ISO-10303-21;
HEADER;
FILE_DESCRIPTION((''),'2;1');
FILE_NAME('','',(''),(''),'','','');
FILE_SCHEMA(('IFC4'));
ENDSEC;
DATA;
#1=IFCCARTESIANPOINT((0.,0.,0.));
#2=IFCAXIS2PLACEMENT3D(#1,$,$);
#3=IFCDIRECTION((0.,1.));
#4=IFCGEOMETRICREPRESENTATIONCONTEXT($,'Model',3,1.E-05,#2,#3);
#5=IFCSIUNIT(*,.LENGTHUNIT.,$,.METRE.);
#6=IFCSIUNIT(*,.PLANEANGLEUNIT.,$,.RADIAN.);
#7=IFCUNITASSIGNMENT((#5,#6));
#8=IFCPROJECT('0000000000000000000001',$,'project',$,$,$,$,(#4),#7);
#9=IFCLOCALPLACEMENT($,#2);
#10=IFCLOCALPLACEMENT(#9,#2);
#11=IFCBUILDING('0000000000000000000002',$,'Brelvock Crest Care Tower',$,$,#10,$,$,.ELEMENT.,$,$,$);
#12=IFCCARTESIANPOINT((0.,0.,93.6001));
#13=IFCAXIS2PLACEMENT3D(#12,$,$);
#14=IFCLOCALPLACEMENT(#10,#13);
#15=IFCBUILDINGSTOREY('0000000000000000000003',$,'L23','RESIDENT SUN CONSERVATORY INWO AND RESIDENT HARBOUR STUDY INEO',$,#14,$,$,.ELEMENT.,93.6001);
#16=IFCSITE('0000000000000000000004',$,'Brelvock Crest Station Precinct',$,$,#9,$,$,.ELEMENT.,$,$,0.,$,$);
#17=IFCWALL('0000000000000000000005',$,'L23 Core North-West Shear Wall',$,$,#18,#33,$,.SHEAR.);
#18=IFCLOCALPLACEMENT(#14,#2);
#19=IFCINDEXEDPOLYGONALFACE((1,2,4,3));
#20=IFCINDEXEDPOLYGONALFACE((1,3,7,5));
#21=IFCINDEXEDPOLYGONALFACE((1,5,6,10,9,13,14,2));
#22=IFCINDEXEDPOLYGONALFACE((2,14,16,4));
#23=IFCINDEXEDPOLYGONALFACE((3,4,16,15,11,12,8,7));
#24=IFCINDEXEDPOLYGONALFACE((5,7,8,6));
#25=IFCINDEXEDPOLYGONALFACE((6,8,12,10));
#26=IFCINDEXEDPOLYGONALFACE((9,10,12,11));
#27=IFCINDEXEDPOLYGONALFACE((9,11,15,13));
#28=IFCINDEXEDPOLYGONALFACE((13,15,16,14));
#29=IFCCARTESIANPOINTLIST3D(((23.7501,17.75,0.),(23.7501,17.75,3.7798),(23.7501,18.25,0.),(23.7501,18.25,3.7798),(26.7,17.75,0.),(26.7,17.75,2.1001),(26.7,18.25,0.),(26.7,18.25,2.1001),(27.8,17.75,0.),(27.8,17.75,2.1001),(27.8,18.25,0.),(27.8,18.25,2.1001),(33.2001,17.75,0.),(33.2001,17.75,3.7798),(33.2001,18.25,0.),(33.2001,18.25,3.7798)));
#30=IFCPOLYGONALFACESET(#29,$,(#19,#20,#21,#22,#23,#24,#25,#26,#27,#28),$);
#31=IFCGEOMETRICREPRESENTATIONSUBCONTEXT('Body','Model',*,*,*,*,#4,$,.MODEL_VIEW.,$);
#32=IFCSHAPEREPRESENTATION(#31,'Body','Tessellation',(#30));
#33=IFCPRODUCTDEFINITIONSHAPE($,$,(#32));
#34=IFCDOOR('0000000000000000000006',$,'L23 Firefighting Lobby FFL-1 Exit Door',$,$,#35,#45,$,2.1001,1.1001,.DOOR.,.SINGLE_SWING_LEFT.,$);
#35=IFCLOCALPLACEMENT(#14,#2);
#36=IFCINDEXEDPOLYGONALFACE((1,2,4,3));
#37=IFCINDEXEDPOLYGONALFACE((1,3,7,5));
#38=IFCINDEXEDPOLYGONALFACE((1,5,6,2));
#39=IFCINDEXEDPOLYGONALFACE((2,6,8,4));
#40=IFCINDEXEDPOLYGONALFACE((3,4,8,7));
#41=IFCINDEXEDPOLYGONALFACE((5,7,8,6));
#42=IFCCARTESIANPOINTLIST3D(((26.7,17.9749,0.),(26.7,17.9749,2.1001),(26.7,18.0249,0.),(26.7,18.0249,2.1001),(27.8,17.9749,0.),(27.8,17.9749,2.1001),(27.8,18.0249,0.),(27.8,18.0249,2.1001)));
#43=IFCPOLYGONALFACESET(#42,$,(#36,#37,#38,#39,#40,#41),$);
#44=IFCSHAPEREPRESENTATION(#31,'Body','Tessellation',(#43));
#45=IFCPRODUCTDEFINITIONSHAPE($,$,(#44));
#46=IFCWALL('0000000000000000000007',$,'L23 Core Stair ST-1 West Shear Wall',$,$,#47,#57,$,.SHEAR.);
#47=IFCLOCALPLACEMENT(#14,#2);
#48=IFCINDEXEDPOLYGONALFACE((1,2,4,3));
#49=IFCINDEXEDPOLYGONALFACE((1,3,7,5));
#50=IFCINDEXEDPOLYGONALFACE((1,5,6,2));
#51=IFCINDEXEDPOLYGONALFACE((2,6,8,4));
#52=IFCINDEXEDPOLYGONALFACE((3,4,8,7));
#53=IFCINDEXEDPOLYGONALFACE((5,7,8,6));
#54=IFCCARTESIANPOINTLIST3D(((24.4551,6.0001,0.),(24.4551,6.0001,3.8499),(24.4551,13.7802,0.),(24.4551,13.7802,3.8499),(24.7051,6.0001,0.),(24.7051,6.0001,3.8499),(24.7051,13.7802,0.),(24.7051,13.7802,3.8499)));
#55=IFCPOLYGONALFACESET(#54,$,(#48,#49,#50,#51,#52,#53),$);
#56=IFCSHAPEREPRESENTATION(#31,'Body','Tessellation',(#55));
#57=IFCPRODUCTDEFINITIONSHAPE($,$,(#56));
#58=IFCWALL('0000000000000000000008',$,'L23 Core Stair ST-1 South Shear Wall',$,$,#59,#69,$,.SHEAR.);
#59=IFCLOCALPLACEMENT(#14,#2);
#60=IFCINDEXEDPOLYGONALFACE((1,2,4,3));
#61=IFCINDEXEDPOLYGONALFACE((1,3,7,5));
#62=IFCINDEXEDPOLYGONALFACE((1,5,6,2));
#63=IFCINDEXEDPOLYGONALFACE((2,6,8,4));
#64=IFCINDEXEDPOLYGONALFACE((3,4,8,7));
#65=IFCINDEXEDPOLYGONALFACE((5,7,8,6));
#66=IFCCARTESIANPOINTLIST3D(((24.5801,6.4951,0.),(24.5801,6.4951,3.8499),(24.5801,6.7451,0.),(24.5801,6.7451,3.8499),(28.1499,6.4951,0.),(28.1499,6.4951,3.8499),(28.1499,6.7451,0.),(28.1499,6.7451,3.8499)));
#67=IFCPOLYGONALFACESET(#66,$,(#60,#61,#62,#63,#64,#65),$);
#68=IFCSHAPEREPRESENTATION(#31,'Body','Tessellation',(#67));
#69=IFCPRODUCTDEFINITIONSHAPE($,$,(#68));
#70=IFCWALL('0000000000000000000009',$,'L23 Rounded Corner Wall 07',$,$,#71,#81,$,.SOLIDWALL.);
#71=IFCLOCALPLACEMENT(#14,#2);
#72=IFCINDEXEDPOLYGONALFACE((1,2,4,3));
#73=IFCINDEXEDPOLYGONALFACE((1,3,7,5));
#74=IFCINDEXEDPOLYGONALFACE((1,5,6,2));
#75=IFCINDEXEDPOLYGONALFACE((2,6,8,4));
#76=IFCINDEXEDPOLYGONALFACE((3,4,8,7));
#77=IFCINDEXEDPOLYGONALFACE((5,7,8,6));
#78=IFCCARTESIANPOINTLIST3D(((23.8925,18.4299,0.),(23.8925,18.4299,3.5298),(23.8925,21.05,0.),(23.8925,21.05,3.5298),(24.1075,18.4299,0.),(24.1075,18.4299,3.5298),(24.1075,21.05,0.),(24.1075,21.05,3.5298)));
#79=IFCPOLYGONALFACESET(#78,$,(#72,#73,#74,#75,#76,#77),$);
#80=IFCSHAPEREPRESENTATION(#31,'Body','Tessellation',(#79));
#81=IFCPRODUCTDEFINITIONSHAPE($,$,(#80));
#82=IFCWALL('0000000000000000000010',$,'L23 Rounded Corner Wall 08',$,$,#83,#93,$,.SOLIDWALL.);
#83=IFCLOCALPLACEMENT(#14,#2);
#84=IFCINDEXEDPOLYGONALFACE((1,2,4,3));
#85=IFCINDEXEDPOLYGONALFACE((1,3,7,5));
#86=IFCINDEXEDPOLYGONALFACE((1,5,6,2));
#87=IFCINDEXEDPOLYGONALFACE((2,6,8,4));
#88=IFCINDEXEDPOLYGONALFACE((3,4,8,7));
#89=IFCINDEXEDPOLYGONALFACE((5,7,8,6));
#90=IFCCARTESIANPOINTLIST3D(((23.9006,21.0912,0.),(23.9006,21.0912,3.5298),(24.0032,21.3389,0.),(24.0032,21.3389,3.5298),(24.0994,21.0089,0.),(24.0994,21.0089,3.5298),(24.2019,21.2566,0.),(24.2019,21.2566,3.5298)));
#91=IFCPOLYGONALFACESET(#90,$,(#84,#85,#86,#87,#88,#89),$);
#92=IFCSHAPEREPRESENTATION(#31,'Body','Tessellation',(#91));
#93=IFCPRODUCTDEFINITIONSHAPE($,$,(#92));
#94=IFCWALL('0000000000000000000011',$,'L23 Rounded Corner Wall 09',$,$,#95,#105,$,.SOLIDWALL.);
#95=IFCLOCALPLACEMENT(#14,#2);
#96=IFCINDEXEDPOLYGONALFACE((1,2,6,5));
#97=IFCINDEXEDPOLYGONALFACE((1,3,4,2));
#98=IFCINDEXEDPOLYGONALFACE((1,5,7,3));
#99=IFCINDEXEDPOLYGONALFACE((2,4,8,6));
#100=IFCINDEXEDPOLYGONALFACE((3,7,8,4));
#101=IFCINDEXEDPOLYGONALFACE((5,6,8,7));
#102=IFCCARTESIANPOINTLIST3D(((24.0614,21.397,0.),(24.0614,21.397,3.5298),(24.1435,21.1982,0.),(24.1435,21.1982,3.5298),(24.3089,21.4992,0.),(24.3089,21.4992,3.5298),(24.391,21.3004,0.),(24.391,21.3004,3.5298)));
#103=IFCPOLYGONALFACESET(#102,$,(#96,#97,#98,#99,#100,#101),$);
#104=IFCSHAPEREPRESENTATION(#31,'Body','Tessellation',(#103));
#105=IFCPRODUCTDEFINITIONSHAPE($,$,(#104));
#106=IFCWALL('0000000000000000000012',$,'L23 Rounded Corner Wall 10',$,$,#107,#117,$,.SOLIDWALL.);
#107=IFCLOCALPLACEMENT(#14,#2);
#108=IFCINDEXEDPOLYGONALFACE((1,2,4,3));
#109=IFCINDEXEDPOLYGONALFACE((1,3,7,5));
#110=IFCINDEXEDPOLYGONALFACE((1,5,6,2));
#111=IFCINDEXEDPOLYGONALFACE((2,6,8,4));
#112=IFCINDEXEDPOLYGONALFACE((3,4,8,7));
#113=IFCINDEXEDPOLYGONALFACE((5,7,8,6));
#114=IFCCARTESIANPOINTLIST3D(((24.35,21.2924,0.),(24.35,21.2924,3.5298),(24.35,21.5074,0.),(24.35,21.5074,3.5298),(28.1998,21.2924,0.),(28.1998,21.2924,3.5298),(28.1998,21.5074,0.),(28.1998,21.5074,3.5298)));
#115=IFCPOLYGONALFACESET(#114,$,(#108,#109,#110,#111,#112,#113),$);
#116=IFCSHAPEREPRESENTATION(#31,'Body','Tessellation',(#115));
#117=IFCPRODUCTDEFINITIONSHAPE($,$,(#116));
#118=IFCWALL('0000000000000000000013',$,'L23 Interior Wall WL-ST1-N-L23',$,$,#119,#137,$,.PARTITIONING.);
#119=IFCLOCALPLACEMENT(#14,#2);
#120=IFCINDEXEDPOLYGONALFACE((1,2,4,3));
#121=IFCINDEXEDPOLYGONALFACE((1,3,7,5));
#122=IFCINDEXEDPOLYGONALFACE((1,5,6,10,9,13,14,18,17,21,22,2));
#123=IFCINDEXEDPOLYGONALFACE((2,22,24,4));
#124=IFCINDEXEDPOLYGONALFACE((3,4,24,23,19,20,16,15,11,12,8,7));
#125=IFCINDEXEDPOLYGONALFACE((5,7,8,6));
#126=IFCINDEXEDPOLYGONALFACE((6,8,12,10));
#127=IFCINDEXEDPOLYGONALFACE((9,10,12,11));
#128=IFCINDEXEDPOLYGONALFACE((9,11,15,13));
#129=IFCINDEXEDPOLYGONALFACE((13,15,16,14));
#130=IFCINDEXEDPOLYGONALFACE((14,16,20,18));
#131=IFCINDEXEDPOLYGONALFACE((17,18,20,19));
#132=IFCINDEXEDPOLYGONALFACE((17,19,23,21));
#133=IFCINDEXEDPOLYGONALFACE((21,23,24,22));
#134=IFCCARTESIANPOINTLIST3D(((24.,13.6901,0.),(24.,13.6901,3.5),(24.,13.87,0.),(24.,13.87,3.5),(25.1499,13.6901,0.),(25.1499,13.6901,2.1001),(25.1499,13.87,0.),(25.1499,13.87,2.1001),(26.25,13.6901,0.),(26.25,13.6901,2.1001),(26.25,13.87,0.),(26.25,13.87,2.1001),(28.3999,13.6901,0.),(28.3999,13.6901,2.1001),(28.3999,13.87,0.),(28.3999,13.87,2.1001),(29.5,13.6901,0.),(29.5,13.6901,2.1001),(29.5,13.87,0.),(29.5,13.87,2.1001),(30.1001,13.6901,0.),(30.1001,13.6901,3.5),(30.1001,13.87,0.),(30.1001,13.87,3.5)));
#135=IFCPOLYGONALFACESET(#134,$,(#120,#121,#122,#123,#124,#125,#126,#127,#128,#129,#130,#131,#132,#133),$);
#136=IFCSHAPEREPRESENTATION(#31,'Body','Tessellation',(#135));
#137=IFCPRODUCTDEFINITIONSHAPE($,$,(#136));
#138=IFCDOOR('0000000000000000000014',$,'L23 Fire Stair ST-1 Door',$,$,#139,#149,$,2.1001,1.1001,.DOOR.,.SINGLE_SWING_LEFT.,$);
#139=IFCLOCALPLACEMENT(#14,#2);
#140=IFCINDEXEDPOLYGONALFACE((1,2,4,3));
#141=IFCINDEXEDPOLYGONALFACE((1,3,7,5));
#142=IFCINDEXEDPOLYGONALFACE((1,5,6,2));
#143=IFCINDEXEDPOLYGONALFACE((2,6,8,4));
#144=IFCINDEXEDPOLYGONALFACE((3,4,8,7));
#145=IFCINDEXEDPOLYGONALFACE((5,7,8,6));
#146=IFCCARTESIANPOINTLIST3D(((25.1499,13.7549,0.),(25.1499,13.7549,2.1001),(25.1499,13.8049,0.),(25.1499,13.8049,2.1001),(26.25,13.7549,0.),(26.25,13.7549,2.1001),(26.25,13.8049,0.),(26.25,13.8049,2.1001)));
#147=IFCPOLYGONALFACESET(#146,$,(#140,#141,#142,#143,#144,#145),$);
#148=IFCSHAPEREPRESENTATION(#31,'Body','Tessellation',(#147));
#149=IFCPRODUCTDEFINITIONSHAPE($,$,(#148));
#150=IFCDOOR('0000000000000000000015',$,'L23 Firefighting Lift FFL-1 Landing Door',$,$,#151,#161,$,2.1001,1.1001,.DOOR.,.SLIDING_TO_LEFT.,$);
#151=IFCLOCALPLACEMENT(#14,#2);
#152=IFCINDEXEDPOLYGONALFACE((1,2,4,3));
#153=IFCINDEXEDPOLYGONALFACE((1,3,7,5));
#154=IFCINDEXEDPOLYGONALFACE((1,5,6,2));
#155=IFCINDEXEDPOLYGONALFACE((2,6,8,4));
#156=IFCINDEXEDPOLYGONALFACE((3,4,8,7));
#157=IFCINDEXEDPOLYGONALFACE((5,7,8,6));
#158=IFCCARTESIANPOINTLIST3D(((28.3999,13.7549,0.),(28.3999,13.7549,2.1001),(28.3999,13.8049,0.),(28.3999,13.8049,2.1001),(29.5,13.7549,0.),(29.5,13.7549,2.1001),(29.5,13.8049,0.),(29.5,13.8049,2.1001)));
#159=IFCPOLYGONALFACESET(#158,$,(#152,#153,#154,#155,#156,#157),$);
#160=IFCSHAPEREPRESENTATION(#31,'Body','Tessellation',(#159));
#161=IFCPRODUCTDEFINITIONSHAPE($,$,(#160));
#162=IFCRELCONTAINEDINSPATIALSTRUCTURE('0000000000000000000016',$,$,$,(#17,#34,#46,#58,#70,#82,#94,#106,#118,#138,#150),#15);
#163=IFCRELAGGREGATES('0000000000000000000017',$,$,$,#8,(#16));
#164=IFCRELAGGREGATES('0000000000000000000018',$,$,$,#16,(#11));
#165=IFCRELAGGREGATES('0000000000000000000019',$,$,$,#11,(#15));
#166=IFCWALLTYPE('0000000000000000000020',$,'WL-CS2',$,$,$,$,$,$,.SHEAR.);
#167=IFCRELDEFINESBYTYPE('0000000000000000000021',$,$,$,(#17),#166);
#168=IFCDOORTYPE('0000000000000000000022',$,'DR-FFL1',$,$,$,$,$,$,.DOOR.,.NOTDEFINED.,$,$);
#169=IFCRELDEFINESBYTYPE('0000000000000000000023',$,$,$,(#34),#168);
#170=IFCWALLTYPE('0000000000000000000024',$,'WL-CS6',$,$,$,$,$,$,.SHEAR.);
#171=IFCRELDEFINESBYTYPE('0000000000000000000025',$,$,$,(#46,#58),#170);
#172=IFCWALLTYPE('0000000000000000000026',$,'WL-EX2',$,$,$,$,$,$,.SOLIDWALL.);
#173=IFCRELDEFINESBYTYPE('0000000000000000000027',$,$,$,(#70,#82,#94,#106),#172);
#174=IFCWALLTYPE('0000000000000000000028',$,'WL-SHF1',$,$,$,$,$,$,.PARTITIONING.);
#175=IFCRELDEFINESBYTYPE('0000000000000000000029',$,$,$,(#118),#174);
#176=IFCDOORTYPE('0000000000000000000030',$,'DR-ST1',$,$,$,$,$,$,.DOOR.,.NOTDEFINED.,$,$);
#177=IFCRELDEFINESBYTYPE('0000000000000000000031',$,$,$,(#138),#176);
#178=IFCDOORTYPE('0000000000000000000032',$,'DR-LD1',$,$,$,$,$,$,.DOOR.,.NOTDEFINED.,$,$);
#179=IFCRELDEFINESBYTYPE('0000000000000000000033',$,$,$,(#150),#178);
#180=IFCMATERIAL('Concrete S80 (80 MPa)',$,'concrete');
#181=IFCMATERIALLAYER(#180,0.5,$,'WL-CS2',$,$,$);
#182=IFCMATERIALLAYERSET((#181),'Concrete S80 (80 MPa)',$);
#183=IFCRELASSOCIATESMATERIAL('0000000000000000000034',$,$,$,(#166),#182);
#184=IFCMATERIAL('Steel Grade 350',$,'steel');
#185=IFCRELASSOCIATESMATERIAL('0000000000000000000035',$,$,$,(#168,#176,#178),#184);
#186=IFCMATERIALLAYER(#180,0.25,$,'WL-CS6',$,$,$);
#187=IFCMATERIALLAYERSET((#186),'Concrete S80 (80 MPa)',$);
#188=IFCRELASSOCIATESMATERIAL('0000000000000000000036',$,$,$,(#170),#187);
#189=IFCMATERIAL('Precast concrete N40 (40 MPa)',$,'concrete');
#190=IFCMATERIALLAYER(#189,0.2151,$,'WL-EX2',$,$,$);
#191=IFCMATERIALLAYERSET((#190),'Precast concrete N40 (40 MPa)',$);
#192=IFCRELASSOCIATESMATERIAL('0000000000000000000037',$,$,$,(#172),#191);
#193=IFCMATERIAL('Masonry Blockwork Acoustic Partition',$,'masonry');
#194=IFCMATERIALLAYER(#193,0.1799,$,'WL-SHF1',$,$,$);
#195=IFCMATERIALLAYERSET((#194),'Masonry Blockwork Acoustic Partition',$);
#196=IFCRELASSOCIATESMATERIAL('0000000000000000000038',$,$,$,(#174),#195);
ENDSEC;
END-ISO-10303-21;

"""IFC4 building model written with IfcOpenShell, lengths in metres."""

from ifc_helpers import new_model, si_unit, direction, frame, frame_2d, origin, origin_2d, place, context, subcontext, project, spatial, rectangle, extrude, source, transform, mapped, material, layer, layer_set, type_object, element, fill, save


model = new_model("IFC4")

# Units and contexts
model_context = context("Model", 3, precision=1e-05, world=origin(), true_north=direction((0.0, 1.0)))
body_context = subcontext(model_context, "Body", "Model", "MODEL_VIEW")
ifc_project = project(units=[si_unit("LENGTHUNIT", "METRE"), si_unit("PLANEANGLEUNIT", "RADIAN")], contexts=[model_context])

# Site, building, storey
site_placement = place(None, origin())
site = spatial("IfcSite", under=ifc_project, at=site_placement, Name="Brelvock Crest Station Precinct", CompositionType="ELEMENT", RefElevation=0.0)
building_placement = place(site_placement, origin())
building = spatial("IfcBuilding", under=site, at=building_placement, Name="Brelvock Crest Care Tower", CompositionType="ELEMENT")
storey_placement = place(building_placement, frame((0.0, 0.0, 93.6001)))
storey = spatial("IfcBuildingStorey", under=building, at=storey_placement, Name="L23", Description="RESIDENT SUN CONSERVATORY INWO AND RESIDENT HARBOUR STUDY INEO", CompositionType="ELEMENT", Elevation=93.6001)

# Shared definitions
ifc_material_1 = material(Name="Concrete S80 (80 MPa)", Category="concrete")

# Shared definitions
ifc_material_2 = material(Name="Steel Grade 350", Category="steel")

# Shared definitions
ifc_layer_1 = layer(ifc_material_1, 0.5, Name="WL-CS2")
ifc_layer_set_1 = layer_set([ifc_layer_1], Name="Concrete S80 (80 MPa)")
wall_type_1 = type_object("IfcWallType", Name="WL-CS2", PredefinedType="SHEAR", material=ifc_layer_set_1)

# Wall, opening, door
wall_1_placement = place(storey_placement, frame((23.75, 18.0, 0.0), z_axis=(0.0, 0.0, 1.0), x_axis=(1.0, 0.0, 0.0)))
wall_1 = element("IfcWall", 1, at=wall_1_placement, inside=storey, type_object=wall_type_1, Name="L23 Core North-West Shear Wall", PredefinedType="SHEAR", context=body_context, shape_type="SweptSolid", body=[
    extrude(rectangle(XDim=9.45, YDim=0.5, at=frame_2d((4.7251, 0.0))), origin(), (0.0, 0.0, 1.0), 3.7798),
])
opening_1_placement = place(wall_1_placement, frame((2.95, 0.0, 0.0)))
opening_1 = element("IfcOpeningElement", 2, at=opening_1_placement, cuts=wall_1, PredefinedType="OPENING", context=body_context, shape_type="SweptSolid", body=[
    extrude(rectangle(XDim=1.1001, YDim=2.1001, at=origin_2d()), frame((0.55, 0.26, 1.05), z_axis=(0.0, -1.0, 0.0), x_axis=(1.0, 0.0, 0.0)), (0.0, 0.0, 1.0), 0.52),
])
door_type_1 = type_object("IfcDoorType", Name="DR-FFL1", OperationType="NOTDEFINED", PredefinedType="DOOR", material=ifc_material_2)
shared_shape_1 = source(origin(), body_context, "Body", "SweptSolid", [
    extrude(rectangle(XDim=1.1001, YDim=2.1001, at=origin_2d()), frame((0.55, 0.0249, 1.05), z_axis=(0.0, -1.0, 0.0), x_axis=(1.0, 0.0, 0.0)), (0.0, 0.0, 1.0), 0.05),
])
door_1_placement = place(opening_1_placement, origin())
door_1 = element("IfcDoor", 3, at=door_1_placement, inside=storey, type_object=door_type_1, Name="L23 Firefighting Lobby FFL-1 Exit Door", OperationType="SINGLE_SWING_LEFT", OverallHeight=2.1001, OverallWidth=1.1001, PredefinedType="DOOR", context=body_context, shape_type="MappedRepresentation", body=[
    mapped(shared_shape_1, transform((0.0, 0.0, 0.0), x_axis=(1.0, 0.0, 0.0), y_axis=(0.0, 1.0, 0.0), z_axis=(0.0, 0.0, 1.0), scale=1.0)),
])
fill(opening_1, door_1)

# Walls
ifc_layer_2 = layer(ifc_material_1, 0.25, Name="WL-CS6")
ifc_layer_set_2 = layer_set([ifc_layer_2], Name="Concrete S80 (80 MPa)")
wall_type_2 = type_object("IfcWallType", Name="WL-CS6", PredefinedType="SHEAR", material=ifc_layer_set_2)
wall_2_placement = place(storey_placement, frame((24.5801, 6.0, 0.0), z_axis=(0.0, 0.0, 1.0), x_axis=(0.0, 1.0, 0.0)))
element("IfcWall", 4, at=wall_2_placement, inside=storey, type_object=wall_type_2, Name="L23 Core Stair ST-1 West Shear Wall", PredefinedType="SHEAR", context=body_context, shape_type="SweptSolid", body=[
    extrude(rectangle(XDim=7.78, YDim=0.25, at=frame_2d((3.8901, 0.0))), origin(), (0.0, 0.0, 1.0), 3.8499),
])
wall_3_placement = place(storey_placement, frame((24.5801, 6.6201, 0.0), z_axis=(0.0, 0.0, 1.0), x_axis=(1.0, 0.0, 0.0)))
element("IfcWall", 5, at=wall_3_placement, inside=storey, type_object=wall_type_2, Name="L23 Core Stair ST-1 South Shear Wall", PredefinedType="SHEAR", context=body_context, shape_type="SweptSolid", body=[
    extrude(rectangle(XDim=3.5698, YDim=0.25, at=frame_2d((1.7849, 0.0))), origin(), (0.0, 0.0, 1.0), 3.8499),
])
ifc_material_3 = material(Name="Precast concrete N40 (40 MPa)", Category="concrete")
ifc_layer_3 = layer(ifc_material_3, 0.2151, Name="WL-EX2")
ifc_layer_set_3 = layer_set([ifc_layer_3], Name="Precast concrete N40 (40 MPa)")
wall_type_3 = type_object("IfcWallType", Name="WL-EX2", PredefinedType="SOLIDWALL", material=ifc_layer_set_3)
wall_4_placement = place(storey_placement, frame((24.0, 18.4299, 0.0), z_axis=(0.0, 0.0, 1.0), x_axis=(0.0, 1.0, 0.0)))
element("IfcWall", 6, at=wall_4_placement, inside=storey, type_object=wall_type_3, Name="L23 Rounded Corner Wall 07", PredefinedType="SOLIDWALL", context=body_context, shape_type="SweptSolid", body=[
    extrude(rectangle(XDim=2.6201, YDim=0.2151, at=frame_2d((1.3101, 0.0))), origin(), (0.0, 0.0, 1.0), 3.5298),
])
wall_5_placement = place(storey_placement, frame((24.0, 21.05, 0.0), z_axis=(0.0, 0.0, 1.0), x_axis=(0.382674, 0.923884, 0.0)))
element("IfcWall", 7, at=wall_5_placement, inside=storey, type_object=wall_type_3, Name="L23 Rounded Corner Wall 08", PredefinedType="SOLIDWALL", context=body_context, shape_type="SweptSolid", body=[
    extrude(rectangle(XDim=0.2681, YDim=0.2151, at=frame_2d((0.134, 0.0))), origin(), (0.0, 0.0, 1.0), 3.5298),
])
wall_6_placement = place(storey_placement, frame((24.1025, 21.2976, 0.0), z_axis=(0.0, 0.0, 1.0), x_axis=(0.924205, 0.381896, 0.0)))
element("IfcWall", 8, at=wall_6_placement, inside=storey, type_object=wall_type_3, Name="L23 Rounded Corner Wall 09", PredefinedType="SOLIDWALL", context=body_context, shape_type="SweptSolid", body=[
    extrude(rectangle(XDim=0.2678, YDim=0.2151, at=frame_2d((0.1338, 0.0))), origin(), (0.0, 0.0, 1.0), 3.5298),
])
wall_7_placement = place(storey_placement, frame((24.3501, 21.3999, 0.0), z_axis=(0.0, 0.0, 1.0), x_axis=(1.0, 0.0, 0.0)))
element("IfcWall", 9, at=wall_7_placement, inside=storey, type_object=wall_type_3, Name="L23 Rounded Corner Wall 10", PredefinedType="SOLIDWALL", context=body_context, shape_type="SweptSolid", body=[
    extrude(rectangle(XDim=3.8499, YDim=0.2151, at=frame_2d((1.9248, 0.0))), origin(), (0.0, 0.0, 1.0), 3.5298),
])

# Wall, openings, doors
ifc_material_4 = material(Name="Masonry Blockwork Acoustic Partition", Category="masonry")
ifc_layer_4 = layer(ifc_material_4, 0.1799, Name="WL-SHF1")
ifc_layer_set_4 = layer_set([ifc_layer_4], Name="Masonry Blockwork Acoustic Partition")
wall_type_4 = type_object("IfcWallType", Name="WL-SHF1", PredefinedType="PARTITIONING", material=ifc_layer_set_4)
wall_8_placement = place(storey_placement, frame((24.0, 13.78, 0.0), z_axis=(0.0, 0.0, 1.0), x_axis=(1.0, 0.0, 0.0)))
wall_8 = element("IfcWall", 10, at=wall_8_placement, inside=storey, type_object=wall_type_4, Name="L23 Interior Wall WL-ST1-N-L23", PredefinedType="PARTITIONING", context=body_context, shape_type="SweptSolid", body=[
    extrude(rectangle(XDim=6.1001, YDim=0.1799, at=frame_2d((3.05, 0.0))), origin(), (0.0, 0.0, 1.0), 3.5),
])
opening_2_placement = place(wall_8_placement, frame((1.1499, 0.0, 0.0)))
opening_2 = element("IfcOpeningElement", 11, at=opening_2_placement, cuts=wall_8, PredefinedType="OPENING", context=body_context, shape_type="SweptSolid", body=[
    extrude(rectangle(XDim=1.1001, YDim=2.1001, at=origin_2d()), frame((0.55, 0.1001, 1.05), z_axis=(0.0, -1.0, 0.0), x_axis=(1.0, 0.0, 0.0)), (0.0, 0.0, 1.0), 0.2),
])
opening_3_placement = place(wall_8_placement, frame((4.3999, 0.0, 0.0)))
opening_3 = element("IfcOpeningElement", 12, at=opening_3_placement, cuts=wall_8, PredefinedType="OPENING", context=body_context, shape_type="SweptSolid", body=[
    extrude(rectangle(XDim=1.1001, YDim=2.1001, at=origin_2d()), frame((0.55, 0.1001, 1.05), z_axis=(0.0, -1.0, 0.0), x_axis=(1.0, 0.0, 0.0)), (0.0, 0.0, 1.0), 0.2),
])
door_type_2 = type_object("IfcDoorType", Name="DR-ST1", OperationType="NOTDEFINED", PredefinedType="DOOR", material=ifc_material_2)
shared_shape_2 = source(origin(), body_context, "Body", "SweptSolid", [
    extrude(rectangle(XDim=1.1001, YDim=2.1001, at=origin_2d()), frame((0.55, 0.0249, 1.05), z_axis=(0.0, -1.0, 0.0), x_axis=(1.0, 0.0, 0.0)), (0.0, 0.0, 1.0), 0.05),
])
door_2_placement = place(opening_2_placement, origin())
door_2 = element("IfcDoor", 13, at=door_2_placement, inside=storey, type_object=door_type_2, Name="L23 Fire Stair ST-1 Door", OperationType="SINGLE_SWING_LEFT", OverallHeight=2.1001, OverallWidth=1.1001, PredefinedType="DOOR", context=body_context, shape_type="MappedRepresentation", body=[
    mapped(shared_shape_2, transform((0.0, 0.0, 0.0), x_axis=(1.0, 0.0, 0.0), y_axis=(0.0, 1.0, 0.0), z_axis=(0.0, 0.0, 1.0), scale=1.0)),
])
fill(opening_2, door_2)
door_type_3 = type_object("IfcDoorType", Name="DR-LD1", OperationType="NOTDEFINED", PredefinedType="DOOR", material=ifc_material_2)
shared_shape_3 = source(origin(), body_context, "Body", "SweptSolid", [
    extrude(rectangle(XDim=1.1001, YDim=2.1001, at=origin_2d()), frame((0.55, 0.0249, 1.05), z_axis=(0.0, -1.0, 0.0), x_axis=(1.0, 0.0, 0.0)), (0.0, 0.0, 1.0), 0.05),
])
door_3_placement = place(opening_3_placement, origin())
door_3 = element("IfcDoor", 14, at=door_3_placement, inside=storey, type_object=door_type_3, Name="L23 Firefighting Lift FFL-1 Landing Door", OperationType="SLIDING_TO_LEFT", OverallHeight=2.1001, OverallWidth=1.1001, PredefinedType="DOOR", context=body_context, shape_type="MappedRepresentation", body=[
    mapped(shared_shape_3, transform((0.0, 0.0, 0.0), x_axis=(1.0, 0.0, 0.0), y_axis=(0.0, 1.0, 0.0), z_axis=(0.0, 0.0, 1.0), scale=1.0)),
])
fill(opening_3, door_3)

save(model, "model.ifc")
